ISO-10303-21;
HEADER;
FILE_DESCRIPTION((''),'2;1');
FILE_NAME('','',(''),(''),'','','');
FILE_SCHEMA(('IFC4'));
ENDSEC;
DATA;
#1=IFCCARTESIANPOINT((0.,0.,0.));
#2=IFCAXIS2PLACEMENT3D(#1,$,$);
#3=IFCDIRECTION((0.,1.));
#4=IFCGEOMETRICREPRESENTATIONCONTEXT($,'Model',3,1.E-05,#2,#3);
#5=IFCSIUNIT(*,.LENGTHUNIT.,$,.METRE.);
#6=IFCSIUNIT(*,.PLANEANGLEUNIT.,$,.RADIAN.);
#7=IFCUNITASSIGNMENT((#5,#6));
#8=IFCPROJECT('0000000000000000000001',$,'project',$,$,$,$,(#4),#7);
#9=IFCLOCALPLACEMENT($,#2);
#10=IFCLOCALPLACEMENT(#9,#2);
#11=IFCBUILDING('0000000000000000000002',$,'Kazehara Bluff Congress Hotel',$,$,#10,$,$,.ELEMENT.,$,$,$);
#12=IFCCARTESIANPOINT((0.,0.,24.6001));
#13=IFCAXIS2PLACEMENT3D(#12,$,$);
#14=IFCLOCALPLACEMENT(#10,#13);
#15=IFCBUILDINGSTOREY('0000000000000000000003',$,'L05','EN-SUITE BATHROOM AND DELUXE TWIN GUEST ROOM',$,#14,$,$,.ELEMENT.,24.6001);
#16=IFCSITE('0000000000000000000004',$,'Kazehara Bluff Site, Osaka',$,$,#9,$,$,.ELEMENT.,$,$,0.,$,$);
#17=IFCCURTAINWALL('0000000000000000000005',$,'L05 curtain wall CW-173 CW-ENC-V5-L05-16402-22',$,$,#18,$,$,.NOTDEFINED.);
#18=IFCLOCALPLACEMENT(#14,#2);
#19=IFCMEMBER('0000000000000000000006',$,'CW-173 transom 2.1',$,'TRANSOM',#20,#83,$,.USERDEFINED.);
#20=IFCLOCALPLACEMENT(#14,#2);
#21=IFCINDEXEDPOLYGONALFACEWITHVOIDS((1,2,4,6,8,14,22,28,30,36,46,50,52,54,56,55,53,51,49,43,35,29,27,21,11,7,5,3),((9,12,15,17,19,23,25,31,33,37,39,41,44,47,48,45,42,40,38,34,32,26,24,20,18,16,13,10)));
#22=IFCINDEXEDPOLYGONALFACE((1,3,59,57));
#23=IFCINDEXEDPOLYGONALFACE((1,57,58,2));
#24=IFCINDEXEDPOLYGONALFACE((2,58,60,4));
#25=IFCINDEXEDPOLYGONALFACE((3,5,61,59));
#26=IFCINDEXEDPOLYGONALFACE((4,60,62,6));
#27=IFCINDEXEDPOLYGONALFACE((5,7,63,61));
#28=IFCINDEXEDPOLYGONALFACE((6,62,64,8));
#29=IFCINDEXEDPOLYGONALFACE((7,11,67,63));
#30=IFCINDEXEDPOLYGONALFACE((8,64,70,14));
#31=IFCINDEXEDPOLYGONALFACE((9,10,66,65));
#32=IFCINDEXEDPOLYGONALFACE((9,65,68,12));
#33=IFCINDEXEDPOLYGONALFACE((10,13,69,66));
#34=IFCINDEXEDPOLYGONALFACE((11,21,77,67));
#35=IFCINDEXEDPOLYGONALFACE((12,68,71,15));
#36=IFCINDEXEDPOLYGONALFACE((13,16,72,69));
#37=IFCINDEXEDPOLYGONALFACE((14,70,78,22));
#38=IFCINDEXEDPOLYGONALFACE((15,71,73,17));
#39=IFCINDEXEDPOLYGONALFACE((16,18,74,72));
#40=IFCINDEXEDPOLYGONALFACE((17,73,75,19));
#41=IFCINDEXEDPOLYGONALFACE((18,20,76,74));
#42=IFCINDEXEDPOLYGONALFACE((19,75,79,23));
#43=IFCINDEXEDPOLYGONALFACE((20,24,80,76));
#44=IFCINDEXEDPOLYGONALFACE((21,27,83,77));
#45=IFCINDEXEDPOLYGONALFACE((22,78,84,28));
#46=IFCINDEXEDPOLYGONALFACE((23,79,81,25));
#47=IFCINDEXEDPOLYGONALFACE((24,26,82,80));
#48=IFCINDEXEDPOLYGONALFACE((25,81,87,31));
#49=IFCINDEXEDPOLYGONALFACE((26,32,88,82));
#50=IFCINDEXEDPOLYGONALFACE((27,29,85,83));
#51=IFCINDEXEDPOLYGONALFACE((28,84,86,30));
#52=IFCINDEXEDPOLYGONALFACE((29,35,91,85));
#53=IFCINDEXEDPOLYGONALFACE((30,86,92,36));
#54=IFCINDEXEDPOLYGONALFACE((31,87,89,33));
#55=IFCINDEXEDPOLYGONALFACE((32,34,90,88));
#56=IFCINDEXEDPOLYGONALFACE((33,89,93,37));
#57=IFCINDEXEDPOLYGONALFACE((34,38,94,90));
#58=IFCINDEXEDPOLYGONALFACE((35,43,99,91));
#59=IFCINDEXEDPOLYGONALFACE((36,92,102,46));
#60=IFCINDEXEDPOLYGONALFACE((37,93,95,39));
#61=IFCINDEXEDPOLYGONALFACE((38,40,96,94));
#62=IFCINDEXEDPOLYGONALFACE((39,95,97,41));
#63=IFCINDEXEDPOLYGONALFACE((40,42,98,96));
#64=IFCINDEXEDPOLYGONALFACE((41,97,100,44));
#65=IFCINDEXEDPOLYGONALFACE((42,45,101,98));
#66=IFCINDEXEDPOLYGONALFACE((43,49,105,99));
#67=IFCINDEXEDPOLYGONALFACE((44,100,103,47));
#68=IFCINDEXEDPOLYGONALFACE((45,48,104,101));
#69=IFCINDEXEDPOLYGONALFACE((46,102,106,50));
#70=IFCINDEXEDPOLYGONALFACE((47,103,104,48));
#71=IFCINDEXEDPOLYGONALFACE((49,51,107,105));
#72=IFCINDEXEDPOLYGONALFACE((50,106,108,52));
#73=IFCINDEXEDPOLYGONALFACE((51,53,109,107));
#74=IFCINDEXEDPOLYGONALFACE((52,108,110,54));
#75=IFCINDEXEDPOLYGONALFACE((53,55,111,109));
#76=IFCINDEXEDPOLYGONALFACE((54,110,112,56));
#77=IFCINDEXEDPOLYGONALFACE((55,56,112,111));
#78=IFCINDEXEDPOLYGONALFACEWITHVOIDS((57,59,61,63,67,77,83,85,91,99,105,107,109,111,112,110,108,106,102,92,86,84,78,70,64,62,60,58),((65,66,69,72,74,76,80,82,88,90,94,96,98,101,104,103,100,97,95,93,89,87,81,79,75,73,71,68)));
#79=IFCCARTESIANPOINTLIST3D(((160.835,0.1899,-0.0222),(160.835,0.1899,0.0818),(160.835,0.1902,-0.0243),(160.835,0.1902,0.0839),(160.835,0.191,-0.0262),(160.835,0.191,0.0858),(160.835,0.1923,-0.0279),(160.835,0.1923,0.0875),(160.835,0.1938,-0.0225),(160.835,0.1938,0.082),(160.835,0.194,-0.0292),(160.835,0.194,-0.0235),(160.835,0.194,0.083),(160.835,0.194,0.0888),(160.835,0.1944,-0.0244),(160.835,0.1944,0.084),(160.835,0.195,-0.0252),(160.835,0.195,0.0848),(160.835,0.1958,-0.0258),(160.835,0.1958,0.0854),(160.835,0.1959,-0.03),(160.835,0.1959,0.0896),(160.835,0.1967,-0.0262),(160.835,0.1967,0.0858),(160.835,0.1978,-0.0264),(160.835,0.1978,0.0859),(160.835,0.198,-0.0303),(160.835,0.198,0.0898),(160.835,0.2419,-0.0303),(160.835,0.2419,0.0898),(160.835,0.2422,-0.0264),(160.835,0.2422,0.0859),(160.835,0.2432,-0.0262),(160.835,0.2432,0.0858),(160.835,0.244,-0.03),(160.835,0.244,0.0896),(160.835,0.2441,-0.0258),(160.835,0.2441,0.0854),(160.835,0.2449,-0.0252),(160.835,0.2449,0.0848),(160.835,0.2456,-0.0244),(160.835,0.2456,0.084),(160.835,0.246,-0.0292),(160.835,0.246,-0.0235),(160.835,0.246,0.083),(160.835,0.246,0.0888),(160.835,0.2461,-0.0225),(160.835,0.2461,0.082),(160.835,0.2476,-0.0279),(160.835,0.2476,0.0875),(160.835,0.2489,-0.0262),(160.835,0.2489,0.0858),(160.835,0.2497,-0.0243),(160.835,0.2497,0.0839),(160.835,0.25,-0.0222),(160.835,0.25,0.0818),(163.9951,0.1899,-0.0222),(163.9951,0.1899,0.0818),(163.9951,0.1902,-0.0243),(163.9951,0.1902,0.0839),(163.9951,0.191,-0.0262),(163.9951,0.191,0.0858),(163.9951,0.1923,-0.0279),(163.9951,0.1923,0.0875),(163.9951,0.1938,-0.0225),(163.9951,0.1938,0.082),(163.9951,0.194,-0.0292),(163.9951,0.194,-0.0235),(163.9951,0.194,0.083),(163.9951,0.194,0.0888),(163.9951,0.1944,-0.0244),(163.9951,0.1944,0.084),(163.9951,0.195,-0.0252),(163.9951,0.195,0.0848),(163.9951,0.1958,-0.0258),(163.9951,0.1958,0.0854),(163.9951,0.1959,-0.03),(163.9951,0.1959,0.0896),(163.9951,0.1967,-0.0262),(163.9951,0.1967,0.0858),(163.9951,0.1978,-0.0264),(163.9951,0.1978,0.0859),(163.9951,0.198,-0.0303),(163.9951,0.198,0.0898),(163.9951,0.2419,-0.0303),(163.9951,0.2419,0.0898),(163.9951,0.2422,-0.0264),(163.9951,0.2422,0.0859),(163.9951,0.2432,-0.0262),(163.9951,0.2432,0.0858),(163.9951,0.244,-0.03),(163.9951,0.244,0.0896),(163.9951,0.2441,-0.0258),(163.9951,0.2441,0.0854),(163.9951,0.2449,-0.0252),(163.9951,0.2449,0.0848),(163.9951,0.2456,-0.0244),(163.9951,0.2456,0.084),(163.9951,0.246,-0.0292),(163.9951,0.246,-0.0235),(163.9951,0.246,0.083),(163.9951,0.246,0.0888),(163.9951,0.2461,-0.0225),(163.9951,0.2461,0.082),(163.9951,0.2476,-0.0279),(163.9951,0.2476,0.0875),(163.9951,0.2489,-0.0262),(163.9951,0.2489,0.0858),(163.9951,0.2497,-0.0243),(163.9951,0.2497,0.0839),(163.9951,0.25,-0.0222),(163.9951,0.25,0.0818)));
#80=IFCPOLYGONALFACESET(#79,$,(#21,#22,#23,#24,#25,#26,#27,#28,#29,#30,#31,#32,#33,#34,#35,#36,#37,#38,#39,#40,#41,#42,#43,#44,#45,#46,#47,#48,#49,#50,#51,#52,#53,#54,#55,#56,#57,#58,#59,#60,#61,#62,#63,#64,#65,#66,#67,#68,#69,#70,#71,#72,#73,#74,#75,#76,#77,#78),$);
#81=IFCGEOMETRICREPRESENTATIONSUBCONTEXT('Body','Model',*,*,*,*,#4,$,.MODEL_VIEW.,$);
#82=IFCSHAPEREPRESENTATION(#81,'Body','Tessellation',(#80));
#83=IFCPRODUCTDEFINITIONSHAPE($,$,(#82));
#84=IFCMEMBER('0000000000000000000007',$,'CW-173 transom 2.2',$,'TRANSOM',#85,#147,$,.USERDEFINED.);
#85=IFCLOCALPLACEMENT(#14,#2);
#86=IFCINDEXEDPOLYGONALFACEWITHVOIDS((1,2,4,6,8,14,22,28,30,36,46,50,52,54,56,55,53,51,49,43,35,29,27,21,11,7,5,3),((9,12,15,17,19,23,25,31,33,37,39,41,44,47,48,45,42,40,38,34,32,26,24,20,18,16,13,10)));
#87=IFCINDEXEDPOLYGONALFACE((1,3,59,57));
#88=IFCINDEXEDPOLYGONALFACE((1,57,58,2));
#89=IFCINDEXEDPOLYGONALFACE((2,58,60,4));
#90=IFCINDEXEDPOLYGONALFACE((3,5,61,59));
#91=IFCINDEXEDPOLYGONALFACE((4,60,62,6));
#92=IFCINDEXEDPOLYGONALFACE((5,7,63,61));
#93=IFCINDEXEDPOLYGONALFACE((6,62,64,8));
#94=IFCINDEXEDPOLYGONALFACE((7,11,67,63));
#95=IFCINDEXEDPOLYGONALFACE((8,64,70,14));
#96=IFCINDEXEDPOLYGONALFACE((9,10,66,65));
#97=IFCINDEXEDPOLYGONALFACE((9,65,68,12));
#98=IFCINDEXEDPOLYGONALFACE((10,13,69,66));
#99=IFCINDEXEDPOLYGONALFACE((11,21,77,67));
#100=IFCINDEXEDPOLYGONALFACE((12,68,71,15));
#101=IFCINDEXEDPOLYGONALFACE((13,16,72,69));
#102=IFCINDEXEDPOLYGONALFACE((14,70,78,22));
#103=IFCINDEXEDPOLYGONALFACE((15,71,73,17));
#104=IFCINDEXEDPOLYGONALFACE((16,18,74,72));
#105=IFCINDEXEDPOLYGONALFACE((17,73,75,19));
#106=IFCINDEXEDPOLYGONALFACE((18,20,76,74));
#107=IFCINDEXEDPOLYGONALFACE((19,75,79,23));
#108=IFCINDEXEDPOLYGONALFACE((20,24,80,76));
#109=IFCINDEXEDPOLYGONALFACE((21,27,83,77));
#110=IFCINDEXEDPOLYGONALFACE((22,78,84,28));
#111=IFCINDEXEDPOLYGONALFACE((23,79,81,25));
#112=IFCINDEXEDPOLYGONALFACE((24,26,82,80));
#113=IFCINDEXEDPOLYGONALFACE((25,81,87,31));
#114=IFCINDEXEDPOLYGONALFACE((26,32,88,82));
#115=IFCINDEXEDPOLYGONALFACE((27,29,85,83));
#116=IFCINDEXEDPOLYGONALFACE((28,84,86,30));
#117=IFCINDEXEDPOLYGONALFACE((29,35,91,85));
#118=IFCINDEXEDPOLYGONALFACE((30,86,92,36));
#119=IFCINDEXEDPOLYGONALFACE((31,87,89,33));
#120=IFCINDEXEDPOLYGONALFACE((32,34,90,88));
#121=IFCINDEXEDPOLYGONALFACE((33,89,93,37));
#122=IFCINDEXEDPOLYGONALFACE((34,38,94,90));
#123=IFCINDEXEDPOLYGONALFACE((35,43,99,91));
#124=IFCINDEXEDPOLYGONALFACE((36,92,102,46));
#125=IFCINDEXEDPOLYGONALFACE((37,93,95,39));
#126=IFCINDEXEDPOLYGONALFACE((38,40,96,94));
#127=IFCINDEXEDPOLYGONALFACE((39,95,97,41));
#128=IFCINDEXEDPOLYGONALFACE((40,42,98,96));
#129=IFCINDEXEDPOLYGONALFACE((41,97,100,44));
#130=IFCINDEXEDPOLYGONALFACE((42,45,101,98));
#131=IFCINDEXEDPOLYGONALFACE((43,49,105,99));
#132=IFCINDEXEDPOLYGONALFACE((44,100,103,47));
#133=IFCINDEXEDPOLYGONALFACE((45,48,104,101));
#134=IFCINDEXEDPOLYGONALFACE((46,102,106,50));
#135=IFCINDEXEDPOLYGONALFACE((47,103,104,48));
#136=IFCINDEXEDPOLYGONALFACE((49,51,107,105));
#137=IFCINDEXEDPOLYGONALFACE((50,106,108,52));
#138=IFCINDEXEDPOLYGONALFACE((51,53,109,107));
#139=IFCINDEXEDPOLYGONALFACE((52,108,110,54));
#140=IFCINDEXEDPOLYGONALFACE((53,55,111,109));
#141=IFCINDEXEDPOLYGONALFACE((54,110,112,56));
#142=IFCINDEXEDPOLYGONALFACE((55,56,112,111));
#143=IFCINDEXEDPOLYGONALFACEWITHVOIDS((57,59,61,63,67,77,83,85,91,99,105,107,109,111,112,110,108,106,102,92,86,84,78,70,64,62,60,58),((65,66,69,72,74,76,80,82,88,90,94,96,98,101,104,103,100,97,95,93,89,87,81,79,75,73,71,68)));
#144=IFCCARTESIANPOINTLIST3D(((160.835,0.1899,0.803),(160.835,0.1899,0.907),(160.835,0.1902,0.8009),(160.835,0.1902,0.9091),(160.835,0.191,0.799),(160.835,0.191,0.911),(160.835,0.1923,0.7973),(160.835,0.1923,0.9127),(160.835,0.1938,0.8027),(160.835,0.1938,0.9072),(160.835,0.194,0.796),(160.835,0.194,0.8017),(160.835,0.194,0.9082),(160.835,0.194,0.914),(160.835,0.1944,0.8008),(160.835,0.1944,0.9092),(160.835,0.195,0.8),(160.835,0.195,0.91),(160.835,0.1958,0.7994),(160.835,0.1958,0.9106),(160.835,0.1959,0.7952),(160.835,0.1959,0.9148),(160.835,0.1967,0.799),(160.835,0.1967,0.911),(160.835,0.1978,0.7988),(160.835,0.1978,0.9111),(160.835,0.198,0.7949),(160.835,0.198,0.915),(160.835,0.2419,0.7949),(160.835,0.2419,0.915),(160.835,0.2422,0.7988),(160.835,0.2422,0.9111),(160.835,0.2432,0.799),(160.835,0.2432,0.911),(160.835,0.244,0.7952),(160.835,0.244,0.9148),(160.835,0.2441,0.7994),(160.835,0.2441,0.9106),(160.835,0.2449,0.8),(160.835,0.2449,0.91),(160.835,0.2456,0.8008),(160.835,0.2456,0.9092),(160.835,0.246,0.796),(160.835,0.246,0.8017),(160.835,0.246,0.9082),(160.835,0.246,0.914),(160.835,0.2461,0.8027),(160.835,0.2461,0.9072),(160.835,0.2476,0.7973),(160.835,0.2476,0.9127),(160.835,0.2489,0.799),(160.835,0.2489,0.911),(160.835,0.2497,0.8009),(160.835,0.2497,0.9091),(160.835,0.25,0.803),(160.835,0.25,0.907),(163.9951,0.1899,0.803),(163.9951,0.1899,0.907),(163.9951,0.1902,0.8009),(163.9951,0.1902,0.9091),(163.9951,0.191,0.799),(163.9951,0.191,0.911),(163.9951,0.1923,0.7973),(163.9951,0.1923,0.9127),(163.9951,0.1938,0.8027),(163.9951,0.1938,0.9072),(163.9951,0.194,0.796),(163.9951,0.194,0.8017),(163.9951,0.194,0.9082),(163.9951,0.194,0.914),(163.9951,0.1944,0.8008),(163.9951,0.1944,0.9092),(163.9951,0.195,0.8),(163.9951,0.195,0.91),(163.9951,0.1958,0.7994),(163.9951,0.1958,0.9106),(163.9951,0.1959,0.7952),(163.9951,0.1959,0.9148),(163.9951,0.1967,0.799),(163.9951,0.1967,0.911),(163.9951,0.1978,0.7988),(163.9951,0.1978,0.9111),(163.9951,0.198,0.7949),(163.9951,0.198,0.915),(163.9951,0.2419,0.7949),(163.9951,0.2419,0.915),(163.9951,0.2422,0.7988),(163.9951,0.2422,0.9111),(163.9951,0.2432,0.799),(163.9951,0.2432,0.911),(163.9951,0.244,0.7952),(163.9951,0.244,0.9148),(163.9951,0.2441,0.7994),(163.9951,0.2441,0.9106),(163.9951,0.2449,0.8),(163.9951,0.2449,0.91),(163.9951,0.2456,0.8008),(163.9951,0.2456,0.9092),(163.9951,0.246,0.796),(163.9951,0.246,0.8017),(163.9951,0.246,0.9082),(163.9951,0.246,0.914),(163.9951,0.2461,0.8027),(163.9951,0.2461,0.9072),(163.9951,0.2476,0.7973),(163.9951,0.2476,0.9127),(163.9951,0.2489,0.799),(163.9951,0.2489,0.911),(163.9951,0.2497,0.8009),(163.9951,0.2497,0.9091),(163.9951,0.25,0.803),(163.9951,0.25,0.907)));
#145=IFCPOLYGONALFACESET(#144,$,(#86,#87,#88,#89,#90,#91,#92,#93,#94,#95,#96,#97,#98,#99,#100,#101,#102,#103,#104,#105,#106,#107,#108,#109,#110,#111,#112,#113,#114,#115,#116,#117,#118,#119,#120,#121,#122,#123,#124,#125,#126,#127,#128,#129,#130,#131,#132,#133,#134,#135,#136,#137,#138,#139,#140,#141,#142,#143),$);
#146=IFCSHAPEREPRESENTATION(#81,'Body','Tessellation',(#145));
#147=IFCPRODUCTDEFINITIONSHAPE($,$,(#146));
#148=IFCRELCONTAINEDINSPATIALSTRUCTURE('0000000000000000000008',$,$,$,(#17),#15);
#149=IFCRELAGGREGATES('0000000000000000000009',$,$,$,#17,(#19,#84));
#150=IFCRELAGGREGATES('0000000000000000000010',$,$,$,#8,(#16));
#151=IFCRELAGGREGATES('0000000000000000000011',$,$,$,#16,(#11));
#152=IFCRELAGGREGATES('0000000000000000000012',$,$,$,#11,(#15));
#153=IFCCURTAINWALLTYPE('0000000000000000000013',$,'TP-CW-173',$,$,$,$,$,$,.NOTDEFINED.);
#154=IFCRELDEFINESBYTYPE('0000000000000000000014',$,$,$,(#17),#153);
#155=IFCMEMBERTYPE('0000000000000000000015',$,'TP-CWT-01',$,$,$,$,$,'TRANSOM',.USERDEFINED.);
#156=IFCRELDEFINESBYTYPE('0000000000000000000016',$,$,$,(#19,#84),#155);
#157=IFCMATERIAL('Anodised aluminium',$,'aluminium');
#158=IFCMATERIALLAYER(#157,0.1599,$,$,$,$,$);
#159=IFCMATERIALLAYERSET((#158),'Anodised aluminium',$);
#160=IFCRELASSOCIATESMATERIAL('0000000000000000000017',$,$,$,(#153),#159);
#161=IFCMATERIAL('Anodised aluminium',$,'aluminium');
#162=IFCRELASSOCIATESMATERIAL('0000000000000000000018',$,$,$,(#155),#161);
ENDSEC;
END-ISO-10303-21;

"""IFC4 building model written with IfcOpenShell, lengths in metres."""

from ifc_helpers import new_model, si_unit, direction, frame, origin, origin_2d, place, context, subcontext, project, spatial, hollow_rectangle, extrude, material, layer, layer_set, material_profile, profile_set, type_object, element, aggregate, save


model = new_model("IFC4")

# Units and contexts
model_context = context("Model", 3, precision=1e-05, world=origin(), true_north=direction((0.0, 1.0)))
body_context = subcontext(model_context, "Body", "Model", "MODEL_VIEW")
ifc_project = project(units=[si_unit("LENGTHUNIT", "METRE"), si_unit("PLANEANGLEUNIT", "RADIAN")], contexts=[model_context])

# Site, building, storey
site_placement = place(None, origin())
site = spatial("IfcSite", under=ifc_project, at=site_placement, Name="Kazehara Bluff Site, Osaka", CompositionType="ELEMENT", RefElevation=0.0)
building_placement = place(site_placement, origin())
building = spatial("IfcBuilding", under=site, at=building_placement, Name="Kazehara Bluff Congress Hotel", CompositionType="ELEMENT")
storey_placement = place(building_placement, frame((0.0, 0.0, 24.6001)))
storey = spatial("IfcBuildingStorey", under=building, at=storey_placement, Name="L05", Description="EN-SUITE BATHROOM AND DELUXE TWIN GUEST ROOM", CompositionType="ELEMENT", Elevation=24.6001)

# Curtain wall
ifc_material_1 = material(Name="Anodised aluminium", Category="aluminium")
ifc_layer_1 = layer(ifc_material_1, 0.1599)
ifc_layer_set_1 = layer_set([ifc_layer_1], Name="Anodised aluminium")
curtain_wall_type_1 = type_object("IfcCurtainWallType", Name="TP-CW-173", PredefinedType="NOTDEFINED", material=ifc_layer_set_1)
curtain_wall_1_placement = place(storey_placement, origin())
curtain_wall_1 = element("IfcCurtainWall", 1, at=curtain_wall_1_placement, inside=storey, type_object=curtain_wall_type_1, Name="L05 curtain wall CW-173 CW-ENC-V5-L05-16402-22", PredefinedType="NOTDEFINED")

# Members
ifc_material_2 = material(Name="Anodised aluminium", Category="aluminium")
ifc_material_profile_1 = material_profile(ifc_material_2, hollow_rectangle(XDim=0.0601, YDim=0.1201, WallThickness=0.0039, InnerFilletRadius=0.0039, OuterFilletRadius=0.0081, at=origin_2d()))
ifc_profile_set_1 = profile_set([ifc_material_profile_1], Name="Anodised aluminium")
member_type_1 = type_object("IfcMemberType", Name="TP-CWT-01", ElementType="TRANSOM", PredefinedType="USERDEFINED", material=ifc_profile_set_1)
member_1_placement = place(storey_placement, frame((163.9951, 0.22, 0.0298), z_axis=(-1.0, 0.0, 0.0), x_axis=(0.0, -1.0, 0.0)))
member_1 = element("IfcMember", 2, at=member_1_placement, type_object=member_type_1, Name="CW-173 transom 2.1", ObjectType="TRANSOM", PredefinedType="USERDEFINED", context=body_context, shape_type="SweptSolid", body=[
    extrude(hollow_rectangle(XDim=0.0601, YDim=0.1201, WallThickness=0.0039, InnerFilletRadius=0.0039, OuterFilletRadius=0.0081, at=origin_2d()), origin(), (0.0, 0.0, 1.0), 3.1602),
])
member_2_placement = place(storey_placement, frame((163.9951, 0.22, 0.855), z_axis=(-1.0, 0.0, 0.0), x_axis=(0.0, -1.0, 0.0)))
member_2 = element("IfcMember", 3, at=member_2_placement, type_object=member_type_1, Name="CW-173 transom 2.2", ObjectType="TRANSOM", PredefinedType="USERDEFINED", context=body_context, shape_type="SweptSolid", body=[
    extrude(hollow_rectangle(XDim=0.0601, YDim=0.1201, WallThickness=0.0039, InnerFilletRadius=0.0039, OuterFilletRadius=0.0081, at=origin_2d()), origin(), (0.0, 0.0, 1.0), 3.1602),
])

aggregate(curtain_wall_1, [member_1, member_2])

save(model, "model.ifc")
